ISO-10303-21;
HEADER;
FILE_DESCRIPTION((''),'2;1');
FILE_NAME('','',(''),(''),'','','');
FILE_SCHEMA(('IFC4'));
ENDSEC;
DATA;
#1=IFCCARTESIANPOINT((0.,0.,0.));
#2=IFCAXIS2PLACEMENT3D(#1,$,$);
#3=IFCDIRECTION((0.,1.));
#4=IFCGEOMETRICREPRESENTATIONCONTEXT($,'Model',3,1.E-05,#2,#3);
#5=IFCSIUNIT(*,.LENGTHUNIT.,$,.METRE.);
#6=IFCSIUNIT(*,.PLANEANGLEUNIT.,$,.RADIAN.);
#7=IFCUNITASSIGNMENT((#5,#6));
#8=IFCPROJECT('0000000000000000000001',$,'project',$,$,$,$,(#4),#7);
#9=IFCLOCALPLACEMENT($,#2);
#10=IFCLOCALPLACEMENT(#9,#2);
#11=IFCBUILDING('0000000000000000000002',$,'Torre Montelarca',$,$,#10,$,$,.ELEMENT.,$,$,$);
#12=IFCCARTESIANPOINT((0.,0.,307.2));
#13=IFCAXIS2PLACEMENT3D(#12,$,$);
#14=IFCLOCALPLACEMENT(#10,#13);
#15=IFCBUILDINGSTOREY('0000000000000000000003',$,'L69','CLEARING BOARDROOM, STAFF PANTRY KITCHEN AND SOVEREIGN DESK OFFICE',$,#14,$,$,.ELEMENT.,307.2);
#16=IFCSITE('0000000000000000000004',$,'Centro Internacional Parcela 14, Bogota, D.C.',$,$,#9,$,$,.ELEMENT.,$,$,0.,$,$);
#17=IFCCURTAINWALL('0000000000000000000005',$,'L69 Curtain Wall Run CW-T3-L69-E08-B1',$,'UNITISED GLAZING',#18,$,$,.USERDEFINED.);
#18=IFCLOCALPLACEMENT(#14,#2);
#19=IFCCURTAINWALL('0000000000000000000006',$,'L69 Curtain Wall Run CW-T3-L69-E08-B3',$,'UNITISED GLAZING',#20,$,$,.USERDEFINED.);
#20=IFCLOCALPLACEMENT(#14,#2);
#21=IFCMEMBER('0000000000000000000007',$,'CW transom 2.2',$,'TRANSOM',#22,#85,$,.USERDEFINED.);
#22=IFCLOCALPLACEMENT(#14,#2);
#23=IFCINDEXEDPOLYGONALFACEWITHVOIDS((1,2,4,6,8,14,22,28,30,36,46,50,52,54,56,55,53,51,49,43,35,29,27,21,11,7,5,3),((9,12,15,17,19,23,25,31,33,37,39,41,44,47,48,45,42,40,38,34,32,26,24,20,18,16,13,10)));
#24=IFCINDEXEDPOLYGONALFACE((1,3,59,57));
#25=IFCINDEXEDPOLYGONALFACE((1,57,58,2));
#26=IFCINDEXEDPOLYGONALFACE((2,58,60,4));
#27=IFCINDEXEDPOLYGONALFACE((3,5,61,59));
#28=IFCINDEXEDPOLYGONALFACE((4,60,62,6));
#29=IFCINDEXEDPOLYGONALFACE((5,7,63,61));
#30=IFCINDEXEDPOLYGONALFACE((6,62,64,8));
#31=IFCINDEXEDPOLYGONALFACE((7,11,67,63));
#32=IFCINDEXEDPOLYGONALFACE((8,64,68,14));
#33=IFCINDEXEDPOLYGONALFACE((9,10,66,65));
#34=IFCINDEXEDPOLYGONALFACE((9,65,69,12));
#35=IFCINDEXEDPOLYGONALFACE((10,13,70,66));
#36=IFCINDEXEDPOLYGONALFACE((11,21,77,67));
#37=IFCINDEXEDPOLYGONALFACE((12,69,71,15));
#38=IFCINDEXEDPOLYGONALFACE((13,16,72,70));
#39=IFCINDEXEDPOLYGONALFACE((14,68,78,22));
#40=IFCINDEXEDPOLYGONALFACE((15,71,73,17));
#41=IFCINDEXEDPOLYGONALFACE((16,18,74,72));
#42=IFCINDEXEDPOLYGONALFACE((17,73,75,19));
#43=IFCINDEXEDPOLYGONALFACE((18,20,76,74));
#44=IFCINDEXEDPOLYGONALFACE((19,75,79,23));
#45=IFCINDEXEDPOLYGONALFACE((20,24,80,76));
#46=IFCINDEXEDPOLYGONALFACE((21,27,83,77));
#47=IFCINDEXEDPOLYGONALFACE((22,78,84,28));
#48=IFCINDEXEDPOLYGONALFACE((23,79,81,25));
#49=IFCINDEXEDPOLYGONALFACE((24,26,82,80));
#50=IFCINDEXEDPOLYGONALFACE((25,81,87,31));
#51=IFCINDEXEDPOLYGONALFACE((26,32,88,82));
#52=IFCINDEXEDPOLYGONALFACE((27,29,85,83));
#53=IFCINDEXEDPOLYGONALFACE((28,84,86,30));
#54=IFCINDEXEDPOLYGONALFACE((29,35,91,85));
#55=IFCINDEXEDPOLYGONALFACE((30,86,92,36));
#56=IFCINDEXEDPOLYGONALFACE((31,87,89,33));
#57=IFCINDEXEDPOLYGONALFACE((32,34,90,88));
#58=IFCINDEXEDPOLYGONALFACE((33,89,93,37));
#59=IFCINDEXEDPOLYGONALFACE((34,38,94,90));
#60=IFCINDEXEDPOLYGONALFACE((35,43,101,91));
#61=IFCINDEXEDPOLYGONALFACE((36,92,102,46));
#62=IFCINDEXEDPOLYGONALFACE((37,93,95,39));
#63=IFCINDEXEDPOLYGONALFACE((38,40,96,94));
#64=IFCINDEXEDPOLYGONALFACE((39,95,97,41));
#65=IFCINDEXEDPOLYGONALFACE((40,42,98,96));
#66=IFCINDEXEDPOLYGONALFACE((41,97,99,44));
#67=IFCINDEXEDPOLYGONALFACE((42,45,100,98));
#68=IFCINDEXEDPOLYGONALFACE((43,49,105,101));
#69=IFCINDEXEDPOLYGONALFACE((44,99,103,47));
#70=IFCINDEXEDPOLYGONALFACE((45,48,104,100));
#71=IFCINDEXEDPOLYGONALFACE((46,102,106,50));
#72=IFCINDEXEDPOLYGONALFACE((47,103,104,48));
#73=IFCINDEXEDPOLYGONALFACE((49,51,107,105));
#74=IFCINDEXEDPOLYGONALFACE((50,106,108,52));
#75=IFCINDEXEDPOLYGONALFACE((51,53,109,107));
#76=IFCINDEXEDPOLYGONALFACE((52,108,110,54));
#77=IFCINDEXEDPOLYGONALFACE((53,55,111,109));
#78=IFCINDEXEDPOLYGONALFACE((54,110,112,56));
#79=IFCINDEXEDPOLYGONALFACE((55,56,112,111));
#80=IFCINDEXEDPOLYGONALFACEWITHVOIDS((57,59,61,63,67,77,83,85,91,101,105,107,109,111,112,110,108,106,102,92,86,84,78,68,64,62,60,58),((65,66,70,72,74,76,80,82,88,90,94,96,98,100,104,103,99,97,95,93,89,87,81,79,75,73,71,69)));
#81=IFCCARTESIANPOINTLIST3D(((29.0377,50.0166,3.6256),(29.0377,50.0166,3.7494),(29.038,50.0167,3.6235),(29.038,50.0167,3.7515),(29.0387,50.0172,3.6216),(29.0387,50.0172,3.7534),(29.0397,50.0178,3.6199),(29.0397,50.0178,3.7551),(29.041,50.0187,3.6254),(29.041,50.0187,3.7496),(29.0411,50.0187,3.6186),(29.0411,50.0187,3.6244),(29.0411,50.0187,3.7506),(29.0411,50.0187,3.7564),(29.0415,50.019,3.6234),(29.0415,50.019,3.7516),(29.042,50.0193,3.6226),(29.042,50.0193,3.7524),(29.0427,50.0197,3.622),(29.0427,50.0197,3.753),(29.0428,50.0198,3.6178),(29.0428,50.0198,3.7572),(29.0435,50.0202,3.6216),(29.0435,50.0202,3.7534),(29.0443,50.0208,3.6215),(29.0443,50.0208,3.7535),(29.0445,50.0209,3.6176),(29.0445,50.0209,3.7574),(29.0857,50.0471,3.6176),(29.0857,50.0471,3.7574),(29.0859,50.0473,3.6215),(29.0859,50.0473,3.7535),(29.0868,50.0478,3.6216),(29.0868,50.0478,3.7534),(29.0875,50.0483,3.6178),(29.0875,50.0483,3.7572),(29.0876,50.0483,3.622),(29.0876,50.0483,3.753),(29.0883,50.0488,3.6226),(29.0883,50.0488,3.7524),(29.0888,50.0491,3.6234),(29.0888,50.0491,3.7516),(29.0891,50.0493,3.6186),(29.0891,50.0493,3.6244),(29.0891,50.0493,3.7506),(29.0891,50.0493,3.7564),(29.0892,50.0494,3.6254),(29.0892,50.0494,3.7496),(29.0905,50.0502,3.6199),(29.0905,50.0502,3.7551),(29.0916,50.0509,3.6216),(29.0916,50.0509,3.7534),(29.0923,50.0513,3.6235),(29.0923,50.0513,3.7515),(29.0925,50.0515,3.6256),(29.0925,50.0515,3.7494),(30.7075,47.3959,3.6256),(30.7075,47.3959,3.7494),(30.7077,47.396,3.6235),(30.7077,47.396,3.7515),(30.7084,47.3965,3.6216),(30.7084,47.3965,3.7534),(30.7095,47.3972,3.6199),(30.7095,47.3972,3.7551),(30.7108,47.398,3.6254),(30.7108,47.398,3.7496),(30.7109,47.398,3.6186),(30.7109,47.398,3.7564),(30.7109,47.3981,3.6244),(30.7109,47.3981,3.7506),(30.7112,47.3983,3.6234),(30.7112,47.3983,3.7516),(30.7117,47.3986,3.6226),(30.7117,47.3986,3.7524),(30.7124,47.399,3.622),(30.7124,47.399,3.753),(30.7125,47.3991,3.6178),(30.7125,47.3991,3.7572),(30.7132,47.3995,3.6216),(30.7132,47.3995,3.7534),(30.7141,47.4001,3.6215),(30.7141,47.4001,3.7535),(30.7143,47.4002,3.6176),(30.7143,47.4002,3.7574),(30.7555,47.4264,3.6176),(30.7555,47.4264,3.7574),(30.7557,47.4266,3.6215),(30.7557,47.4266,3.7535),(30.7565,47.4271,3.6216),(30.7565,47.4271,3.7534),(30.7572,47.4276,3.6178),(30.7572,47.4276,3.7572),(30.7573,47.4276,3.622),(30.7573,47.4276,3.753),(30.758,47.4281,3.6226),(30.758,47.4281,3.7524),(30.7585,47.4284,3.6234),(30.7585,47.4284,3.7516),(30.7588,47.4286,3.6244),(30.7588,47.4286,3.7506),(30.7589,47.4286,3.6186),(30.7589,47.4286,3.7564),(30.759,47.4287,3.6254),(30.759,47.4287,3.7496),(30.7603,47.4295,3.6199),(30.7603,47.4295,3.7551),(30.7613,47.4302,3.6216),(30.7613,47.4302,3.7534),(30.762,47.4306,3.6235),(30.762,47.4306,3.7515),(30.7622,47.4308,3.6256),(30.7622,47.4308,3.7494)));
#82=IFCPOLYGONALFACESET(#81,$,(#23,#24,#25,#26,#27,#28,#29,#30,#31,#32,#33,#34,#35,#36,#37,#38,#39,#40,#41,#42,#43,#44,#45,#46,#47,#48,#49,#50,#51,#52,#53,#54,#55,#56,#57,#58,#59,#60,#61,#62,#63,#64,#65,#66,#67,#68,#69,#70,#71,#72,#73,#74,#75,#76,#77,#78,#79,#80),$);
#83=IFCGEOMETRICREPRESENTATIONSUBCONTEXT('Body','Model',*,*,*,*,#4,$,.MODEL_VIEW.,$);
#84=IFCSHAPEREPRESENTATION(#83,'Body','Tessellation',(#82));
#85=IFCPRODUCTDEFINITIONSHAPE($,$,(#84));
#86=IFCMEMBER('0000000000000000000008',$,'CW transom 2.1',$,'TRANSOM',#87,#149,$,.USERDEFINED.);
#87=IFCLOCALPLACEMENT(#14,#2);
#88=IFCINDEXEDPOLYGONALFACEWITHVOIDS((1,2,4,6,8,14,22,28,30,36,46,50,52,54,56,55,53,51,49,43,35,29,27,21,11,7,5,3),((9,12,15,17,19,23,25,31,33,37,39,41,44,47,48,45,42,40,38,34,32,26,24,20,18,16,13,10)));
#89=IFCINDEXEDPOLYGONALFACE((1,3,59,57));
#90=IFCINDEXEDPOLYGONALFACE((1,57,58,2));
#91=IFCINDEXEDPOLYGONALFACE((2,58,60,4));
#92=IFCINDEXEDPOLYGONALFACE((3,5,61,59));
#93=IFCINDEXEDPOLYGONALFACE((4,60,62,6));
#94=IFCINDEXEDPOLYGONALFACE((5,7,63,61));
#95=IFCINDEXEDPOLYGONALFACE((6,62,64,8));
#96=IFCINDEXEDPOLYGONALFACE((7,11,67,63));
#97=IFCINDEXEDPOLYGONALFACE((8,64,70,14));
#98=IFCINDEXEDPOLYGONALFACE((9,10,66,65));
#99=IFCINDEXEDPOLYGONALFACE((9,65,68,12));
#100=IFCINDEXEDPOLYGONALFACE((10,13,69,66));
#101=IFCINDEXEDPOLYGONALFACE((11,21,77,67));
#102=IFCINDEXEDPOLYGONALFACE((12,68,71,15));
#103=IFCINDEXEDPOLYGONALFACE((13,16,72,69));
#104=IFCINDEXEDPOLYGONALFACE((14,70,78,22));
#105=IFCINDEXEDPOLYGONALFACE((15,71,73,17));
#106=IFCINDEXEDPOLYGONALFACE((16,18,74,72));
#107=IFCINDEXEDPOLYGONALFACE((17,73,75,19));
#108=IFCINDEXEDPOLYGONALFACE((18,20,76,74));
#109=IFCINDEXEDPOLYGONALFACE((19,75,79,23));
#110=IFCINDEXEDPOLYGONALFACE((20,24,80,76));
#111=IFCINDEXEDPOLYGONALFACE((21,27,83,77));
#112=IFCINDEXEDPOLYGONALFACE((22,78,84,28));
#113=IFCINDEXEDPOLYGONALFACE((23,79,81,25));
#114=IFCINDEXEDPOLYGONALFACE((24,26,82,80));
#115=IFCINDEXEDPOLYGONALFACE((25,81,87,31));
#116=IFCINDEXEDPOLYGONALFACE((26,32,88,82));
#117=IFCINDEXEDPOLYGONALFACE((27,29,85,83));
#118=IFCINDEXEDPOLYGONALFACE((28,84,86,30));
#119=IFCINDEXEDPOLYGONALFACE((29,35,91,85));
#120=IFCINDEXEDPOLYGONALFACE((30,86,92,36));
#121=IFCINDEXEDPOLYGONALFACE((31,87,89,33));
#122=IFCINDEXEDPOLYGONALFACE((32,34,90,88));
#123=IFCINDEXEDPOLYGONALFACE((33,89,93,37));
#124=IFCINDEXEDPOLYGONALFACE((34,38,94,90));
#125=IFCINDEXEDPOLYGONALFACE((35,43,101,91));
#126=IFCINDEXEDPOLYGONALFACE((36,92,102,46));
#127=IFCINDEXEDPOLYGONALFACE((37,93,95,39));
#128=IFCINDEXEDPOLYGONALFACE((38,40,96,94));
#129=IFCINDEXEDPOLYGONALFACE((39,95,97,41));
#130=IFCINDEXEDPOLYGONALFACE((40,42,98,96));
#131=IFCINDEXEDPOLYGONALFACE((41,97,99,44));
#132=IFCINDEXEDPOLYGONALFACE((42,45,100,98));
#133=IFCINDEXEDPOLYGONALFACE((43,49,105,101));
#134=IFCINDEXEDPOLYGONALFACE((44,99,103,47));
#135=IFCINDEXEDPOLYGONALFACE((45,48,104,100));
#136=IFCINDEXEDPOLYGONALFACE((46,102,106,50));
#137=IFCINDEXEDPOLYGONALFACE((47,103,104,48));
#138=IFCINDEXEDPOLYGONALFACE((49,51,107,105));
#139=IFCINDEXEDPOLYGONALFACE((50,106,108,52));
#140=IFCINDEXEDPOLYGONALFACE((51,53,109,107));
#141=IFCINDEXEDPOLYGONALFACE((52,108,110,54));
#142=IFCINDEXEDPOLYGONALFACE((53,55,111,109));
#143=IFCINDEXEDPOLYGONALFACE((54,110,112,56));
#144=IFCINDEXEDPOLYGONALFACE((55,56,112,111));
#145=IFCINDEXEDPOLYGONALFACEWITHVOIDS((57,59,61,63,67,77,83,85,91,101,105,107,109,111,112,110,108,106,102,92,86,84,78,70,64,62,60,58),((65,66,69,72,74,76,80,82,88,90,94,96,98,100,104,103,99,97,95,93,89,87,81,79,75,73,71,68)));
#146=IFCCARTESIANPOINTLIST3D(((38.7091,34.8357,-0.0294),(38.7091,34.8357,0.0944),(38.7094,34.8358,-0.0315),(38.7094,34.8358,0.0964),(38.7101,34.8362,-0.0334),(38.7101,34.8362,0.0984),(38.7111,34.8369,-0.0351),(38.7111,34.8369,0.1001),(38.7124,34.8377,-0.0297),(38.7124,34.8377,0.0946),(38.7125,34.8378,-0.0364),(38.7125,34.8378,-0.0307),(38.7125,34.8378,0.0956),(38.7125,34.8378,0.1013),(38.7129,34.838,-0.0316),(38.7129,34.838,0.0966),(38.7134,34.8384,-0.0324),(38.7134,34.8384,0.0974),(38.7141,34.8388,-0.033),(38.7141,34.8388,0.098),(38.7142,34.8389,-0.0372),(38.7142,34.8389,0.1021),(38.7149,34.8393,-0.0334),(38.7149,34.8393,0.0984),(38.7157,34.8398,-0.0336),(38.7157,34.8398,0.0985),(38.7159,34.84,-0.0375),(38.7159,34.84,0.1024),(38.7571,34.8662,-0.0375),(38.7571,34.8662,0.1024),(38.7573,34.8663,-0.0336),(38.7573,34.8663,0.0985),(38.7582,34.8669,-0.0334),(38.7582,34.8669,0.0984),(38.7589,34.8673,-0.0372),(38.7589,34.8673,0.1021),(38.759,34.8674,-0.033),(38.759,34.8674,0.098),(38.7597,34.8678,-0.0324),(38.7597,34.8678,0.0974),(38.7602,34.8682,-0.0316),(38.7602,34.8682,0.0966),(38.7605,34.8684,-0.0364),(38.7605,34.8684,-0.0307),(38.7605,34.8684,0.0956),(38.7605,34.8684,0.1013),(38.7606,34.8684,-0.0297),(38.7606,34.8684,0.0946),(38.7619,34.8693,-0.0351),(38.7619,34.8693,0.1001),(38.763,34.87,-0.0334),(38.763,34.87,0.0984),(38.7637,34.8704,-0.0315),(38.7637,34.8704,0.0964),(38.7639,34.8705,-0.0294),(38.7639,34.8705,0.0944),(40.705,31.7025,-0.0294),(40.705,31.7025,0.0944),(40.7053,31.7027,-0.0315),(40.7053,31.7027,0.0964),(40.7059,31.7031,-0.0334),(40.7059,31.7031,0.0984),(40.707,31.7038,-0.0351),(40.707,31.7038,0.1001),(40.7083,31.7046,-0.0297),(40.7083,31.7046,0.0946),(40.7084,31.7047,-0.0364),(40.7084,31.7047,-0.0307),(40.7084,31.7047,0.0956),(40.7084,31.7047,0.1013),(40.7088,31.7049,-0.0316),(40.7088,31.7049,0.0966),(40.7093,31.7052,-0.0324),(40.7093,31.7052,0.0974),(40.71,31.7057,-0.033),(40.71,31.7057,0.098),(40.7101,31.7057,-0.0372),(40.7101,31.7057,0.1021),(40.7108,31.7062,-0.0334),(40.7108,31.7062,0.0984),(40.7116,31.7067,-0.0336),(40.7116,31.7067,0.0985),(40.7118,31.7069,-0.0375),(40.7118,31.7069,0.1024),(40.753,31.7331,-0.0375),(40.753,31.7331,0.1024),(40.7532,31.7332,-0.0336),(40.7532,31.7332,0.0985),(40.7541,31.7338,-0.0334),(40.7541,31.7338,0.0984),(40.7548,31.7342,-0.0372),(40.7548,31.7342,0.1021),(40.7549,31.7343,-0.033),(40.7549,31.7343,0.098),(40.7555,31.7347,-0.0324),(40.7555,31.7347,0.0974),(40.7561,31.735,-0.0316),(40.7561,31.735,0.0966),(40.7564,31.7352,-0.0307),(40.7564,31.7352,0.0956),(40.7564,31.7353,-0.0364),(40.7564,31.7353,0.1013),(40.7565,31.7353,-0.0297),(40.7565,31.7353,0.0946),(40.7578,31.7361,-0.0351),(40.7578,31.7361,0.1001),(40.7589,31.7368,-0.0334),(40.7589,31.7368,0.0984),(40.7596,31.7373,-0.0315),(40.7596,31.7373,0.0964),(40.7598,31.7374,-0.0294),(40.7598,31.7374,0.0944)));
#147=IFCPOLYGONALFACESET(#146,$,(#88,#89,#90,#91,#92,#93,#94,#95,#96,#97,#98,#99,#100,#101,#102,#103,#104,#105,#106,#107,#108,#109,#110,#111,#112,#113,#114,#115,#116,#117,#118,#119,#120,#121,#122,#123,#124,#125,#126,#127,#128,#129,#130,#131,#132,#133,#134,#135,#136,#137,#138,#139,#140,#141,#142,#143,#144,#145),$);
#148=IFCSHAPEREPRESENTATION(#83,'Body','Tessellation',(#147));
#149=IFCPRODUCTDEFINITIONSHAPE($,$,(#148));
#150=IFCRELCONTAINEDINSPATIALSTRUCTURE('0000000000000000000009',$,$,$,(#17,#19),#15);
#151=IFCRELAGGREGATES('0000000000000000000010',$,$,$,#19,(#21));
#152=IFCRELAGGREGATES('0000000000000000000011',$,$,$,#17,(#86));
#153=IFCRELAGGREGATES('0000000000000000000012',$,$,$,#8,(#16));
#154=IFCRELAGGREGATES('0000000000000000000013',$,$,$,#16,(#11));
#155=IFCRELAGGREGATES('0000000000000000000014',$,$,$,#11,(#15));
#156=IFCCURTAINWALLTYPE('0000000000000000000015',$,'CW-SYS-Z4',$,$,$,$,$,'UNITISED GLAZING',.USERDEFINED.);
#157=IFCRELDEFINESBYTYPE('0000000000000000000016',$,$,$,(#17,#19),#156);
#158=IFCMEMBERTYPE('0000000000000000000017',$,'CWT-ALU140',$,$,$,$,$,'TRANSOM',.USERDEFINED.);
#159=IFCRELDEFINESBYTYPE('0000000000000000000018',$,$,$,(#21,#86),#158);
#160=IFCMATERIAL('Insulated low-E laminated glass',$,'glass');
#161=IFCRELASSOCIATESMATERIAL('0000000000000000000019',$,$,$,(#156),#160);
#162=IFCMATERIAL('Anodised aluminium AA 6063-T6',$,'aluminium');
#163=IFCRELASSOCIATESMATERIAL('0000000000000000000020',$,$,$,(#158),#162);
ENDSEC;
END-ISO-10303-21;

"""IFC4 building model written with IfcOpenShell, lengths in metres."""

from ifc_helpers import new_model, si_unit, direction, frame, origin, origin_2d, place, context, subcontext, project, spatial, hollow_rectangle, extrude, source, transform, mapped, material, material_profile, profile_set, type_object, element, aggregate, save


model = new_model("IFC4")

# Units and contexts
model_context = context("Model", 3, precision=1e-05, world=origin(), true_north=direction((0.0, 1.0)))
body_context = subcontext(model_context, "Body", "Model", "MODEL_VIEW")
ifc_project = project(units=[si_unit("LENGTHUNIT", "METRE"), si_unit("PLANEANGLEUNIT", "RADIAN")], contexts=[model_context])

# Site, building, storey
site_placement = place(None, origin())
site = spatial("IfcSite", under=ifc_project, at=site_placement, Name="Centro Internacional Parcela 14, Bogota, D.C.", CompositionType="ELEMENT", RefElevation=0.0)
building_placement = place(site_placement, origin())
building = spatial("IfcBuilding", under=site, at=building_placement, Name="Torre Montelarca", CompositionType="ELEMENT")
storey_placement = place(building_placement, frame((0.0, 0.0, 307.2)))
storey = spatial("IfcBuildingStorey", under=building, at=storey_placement, Name="L69", Description="CLEARING BOARDROOM, STAFF PANTRY KITCHEN AND SOVEREIGN DESK OFFICE", CompositionType="ELEMENT", Elevation=307.2)

# Curtain wall
ifc_material_1 = material(Name="Insulated low-E laminated glass", Category="glass")
curtain_wall_type = type_object("IfcCurtainWallType", Name="CW-SYS-Z4", ElementType="UNITISED GLAZING", PredefinedType="USERDEFINED", material=ifc_material_1)
curtain_wall_1_placement = place(storey_placement, origin())
curtain_wall_1 = element("IfcCurtainWall", 1, at=curtain_wall_1_placement, inside=storey, type_object=curtain_wall_type, Name="L69 Curtain Wall Run CW-T3-L69-E08-B1", ObjectType="UNITISED GLAZING", PredefinedType="USERDEFINED")
ifc_material_2 = material(Name="Anodised aluminium AA 6063-T6", Category="aluminium")

# Curtain wall
curtain_wall_2_placement = place(storey_placement, origin())
curtain_wall_2 = element("IfcCurtainWall", 2, at=curtain_wall_2_placement, inside=storey, type_object=curtain_wall_type, Name="L69 Curtain Wall Run CW-T3-L69-E08-B3", ObjectType="UNITISED GLAZING", PredefinedType="USERDEFINED")

# Members
ifc_material_profile_1 = material_profile(ifc_material_2, hollow_rectangle(XDim=0.0649, YDim=0.1399, WallThickness=0.0039, InnerFilletRadius=0.0039, OuterFilletRadius=0.0081, at=origin_2d()), Name="ALU65X140X4", Category="aluminium")
ifc_profile_set_1 = profile_set([ifc_material_profile_1], Name="Anodised aluminium AA 6063-T6")
member_type_1 = type_object("IfcMemberType", Name="CWT-ALU140", ElementType="TRANSOM", PredefinedType="USERDEFINED", material=ifc_profile_set_1)
shared_shape_1 = source(origin(), body_context, "Body", "SweptSolid", [
    extrude(hollow_rectangle(XDim=0.0649, YDim=0.1399, WallThickness=0.0039, InnerFilletRadius=0.0039, OuterFilletRadius=0.0081, at=origin_2d()), origin(), (0.0, 0.0, 1.0), 3.1074),
])
member_1_placement = place(storey_placement, frame((30.7349, 47.4133, 3.6875), z_axis=(-0.537338, 0.843367, 0.0), x_axis=(-0.843367, -0.537338, 0.0)))
member_1 = element("IfcMember", 3, at=member_1_placement, type_object=member_type_1, Name="CW transom 2.2", ObjectType="TRANSOM", PredefinedType="USERDEFINED", context=body_context, shape_type="MappedRepresentation", body=[
    mapped(shared_shape_1, transform((0.0, 0.0, 0.0), scale=1.0)),
])
shared_shape_2 = source(origin(), body_context, "Body", "SweptSolid", [
    extrude(hollow_rectangle(XDim=0.0649, YDim=0.1399, WallThickness=0.0039, InnerFilletRadius=0.0039, OuterFilletRadius=0.0081, at=origin_2d()), origin(), (0.0, 0.0, 1.0), 3.7148),
])
member_2_placement = place(storey_placement, frame((40.7324, 31.72, 0.0325), z_axis=(-0.537275, 0.843407, 0.0), x_axis=(-0.843407, -0.537275, 0.0)))
member_2 = element("IfcMember", 4, at=member_2_placement, type_object=member_type_1, Name="CW transom 2.1", ObjectType="TRANSOM", PredefinedType="USERDEFINED", context=body_context, shape_type="MappedRepresentation", body=[
    mapped(shared_shape_2, transform((0.0, 0.0, 0.0), scale=1.0)),
])

aggregate(curtain_wall_2, [member_1])
aggregate(curtain_wall_1, [member_2])

save(model, "model.ifc")
